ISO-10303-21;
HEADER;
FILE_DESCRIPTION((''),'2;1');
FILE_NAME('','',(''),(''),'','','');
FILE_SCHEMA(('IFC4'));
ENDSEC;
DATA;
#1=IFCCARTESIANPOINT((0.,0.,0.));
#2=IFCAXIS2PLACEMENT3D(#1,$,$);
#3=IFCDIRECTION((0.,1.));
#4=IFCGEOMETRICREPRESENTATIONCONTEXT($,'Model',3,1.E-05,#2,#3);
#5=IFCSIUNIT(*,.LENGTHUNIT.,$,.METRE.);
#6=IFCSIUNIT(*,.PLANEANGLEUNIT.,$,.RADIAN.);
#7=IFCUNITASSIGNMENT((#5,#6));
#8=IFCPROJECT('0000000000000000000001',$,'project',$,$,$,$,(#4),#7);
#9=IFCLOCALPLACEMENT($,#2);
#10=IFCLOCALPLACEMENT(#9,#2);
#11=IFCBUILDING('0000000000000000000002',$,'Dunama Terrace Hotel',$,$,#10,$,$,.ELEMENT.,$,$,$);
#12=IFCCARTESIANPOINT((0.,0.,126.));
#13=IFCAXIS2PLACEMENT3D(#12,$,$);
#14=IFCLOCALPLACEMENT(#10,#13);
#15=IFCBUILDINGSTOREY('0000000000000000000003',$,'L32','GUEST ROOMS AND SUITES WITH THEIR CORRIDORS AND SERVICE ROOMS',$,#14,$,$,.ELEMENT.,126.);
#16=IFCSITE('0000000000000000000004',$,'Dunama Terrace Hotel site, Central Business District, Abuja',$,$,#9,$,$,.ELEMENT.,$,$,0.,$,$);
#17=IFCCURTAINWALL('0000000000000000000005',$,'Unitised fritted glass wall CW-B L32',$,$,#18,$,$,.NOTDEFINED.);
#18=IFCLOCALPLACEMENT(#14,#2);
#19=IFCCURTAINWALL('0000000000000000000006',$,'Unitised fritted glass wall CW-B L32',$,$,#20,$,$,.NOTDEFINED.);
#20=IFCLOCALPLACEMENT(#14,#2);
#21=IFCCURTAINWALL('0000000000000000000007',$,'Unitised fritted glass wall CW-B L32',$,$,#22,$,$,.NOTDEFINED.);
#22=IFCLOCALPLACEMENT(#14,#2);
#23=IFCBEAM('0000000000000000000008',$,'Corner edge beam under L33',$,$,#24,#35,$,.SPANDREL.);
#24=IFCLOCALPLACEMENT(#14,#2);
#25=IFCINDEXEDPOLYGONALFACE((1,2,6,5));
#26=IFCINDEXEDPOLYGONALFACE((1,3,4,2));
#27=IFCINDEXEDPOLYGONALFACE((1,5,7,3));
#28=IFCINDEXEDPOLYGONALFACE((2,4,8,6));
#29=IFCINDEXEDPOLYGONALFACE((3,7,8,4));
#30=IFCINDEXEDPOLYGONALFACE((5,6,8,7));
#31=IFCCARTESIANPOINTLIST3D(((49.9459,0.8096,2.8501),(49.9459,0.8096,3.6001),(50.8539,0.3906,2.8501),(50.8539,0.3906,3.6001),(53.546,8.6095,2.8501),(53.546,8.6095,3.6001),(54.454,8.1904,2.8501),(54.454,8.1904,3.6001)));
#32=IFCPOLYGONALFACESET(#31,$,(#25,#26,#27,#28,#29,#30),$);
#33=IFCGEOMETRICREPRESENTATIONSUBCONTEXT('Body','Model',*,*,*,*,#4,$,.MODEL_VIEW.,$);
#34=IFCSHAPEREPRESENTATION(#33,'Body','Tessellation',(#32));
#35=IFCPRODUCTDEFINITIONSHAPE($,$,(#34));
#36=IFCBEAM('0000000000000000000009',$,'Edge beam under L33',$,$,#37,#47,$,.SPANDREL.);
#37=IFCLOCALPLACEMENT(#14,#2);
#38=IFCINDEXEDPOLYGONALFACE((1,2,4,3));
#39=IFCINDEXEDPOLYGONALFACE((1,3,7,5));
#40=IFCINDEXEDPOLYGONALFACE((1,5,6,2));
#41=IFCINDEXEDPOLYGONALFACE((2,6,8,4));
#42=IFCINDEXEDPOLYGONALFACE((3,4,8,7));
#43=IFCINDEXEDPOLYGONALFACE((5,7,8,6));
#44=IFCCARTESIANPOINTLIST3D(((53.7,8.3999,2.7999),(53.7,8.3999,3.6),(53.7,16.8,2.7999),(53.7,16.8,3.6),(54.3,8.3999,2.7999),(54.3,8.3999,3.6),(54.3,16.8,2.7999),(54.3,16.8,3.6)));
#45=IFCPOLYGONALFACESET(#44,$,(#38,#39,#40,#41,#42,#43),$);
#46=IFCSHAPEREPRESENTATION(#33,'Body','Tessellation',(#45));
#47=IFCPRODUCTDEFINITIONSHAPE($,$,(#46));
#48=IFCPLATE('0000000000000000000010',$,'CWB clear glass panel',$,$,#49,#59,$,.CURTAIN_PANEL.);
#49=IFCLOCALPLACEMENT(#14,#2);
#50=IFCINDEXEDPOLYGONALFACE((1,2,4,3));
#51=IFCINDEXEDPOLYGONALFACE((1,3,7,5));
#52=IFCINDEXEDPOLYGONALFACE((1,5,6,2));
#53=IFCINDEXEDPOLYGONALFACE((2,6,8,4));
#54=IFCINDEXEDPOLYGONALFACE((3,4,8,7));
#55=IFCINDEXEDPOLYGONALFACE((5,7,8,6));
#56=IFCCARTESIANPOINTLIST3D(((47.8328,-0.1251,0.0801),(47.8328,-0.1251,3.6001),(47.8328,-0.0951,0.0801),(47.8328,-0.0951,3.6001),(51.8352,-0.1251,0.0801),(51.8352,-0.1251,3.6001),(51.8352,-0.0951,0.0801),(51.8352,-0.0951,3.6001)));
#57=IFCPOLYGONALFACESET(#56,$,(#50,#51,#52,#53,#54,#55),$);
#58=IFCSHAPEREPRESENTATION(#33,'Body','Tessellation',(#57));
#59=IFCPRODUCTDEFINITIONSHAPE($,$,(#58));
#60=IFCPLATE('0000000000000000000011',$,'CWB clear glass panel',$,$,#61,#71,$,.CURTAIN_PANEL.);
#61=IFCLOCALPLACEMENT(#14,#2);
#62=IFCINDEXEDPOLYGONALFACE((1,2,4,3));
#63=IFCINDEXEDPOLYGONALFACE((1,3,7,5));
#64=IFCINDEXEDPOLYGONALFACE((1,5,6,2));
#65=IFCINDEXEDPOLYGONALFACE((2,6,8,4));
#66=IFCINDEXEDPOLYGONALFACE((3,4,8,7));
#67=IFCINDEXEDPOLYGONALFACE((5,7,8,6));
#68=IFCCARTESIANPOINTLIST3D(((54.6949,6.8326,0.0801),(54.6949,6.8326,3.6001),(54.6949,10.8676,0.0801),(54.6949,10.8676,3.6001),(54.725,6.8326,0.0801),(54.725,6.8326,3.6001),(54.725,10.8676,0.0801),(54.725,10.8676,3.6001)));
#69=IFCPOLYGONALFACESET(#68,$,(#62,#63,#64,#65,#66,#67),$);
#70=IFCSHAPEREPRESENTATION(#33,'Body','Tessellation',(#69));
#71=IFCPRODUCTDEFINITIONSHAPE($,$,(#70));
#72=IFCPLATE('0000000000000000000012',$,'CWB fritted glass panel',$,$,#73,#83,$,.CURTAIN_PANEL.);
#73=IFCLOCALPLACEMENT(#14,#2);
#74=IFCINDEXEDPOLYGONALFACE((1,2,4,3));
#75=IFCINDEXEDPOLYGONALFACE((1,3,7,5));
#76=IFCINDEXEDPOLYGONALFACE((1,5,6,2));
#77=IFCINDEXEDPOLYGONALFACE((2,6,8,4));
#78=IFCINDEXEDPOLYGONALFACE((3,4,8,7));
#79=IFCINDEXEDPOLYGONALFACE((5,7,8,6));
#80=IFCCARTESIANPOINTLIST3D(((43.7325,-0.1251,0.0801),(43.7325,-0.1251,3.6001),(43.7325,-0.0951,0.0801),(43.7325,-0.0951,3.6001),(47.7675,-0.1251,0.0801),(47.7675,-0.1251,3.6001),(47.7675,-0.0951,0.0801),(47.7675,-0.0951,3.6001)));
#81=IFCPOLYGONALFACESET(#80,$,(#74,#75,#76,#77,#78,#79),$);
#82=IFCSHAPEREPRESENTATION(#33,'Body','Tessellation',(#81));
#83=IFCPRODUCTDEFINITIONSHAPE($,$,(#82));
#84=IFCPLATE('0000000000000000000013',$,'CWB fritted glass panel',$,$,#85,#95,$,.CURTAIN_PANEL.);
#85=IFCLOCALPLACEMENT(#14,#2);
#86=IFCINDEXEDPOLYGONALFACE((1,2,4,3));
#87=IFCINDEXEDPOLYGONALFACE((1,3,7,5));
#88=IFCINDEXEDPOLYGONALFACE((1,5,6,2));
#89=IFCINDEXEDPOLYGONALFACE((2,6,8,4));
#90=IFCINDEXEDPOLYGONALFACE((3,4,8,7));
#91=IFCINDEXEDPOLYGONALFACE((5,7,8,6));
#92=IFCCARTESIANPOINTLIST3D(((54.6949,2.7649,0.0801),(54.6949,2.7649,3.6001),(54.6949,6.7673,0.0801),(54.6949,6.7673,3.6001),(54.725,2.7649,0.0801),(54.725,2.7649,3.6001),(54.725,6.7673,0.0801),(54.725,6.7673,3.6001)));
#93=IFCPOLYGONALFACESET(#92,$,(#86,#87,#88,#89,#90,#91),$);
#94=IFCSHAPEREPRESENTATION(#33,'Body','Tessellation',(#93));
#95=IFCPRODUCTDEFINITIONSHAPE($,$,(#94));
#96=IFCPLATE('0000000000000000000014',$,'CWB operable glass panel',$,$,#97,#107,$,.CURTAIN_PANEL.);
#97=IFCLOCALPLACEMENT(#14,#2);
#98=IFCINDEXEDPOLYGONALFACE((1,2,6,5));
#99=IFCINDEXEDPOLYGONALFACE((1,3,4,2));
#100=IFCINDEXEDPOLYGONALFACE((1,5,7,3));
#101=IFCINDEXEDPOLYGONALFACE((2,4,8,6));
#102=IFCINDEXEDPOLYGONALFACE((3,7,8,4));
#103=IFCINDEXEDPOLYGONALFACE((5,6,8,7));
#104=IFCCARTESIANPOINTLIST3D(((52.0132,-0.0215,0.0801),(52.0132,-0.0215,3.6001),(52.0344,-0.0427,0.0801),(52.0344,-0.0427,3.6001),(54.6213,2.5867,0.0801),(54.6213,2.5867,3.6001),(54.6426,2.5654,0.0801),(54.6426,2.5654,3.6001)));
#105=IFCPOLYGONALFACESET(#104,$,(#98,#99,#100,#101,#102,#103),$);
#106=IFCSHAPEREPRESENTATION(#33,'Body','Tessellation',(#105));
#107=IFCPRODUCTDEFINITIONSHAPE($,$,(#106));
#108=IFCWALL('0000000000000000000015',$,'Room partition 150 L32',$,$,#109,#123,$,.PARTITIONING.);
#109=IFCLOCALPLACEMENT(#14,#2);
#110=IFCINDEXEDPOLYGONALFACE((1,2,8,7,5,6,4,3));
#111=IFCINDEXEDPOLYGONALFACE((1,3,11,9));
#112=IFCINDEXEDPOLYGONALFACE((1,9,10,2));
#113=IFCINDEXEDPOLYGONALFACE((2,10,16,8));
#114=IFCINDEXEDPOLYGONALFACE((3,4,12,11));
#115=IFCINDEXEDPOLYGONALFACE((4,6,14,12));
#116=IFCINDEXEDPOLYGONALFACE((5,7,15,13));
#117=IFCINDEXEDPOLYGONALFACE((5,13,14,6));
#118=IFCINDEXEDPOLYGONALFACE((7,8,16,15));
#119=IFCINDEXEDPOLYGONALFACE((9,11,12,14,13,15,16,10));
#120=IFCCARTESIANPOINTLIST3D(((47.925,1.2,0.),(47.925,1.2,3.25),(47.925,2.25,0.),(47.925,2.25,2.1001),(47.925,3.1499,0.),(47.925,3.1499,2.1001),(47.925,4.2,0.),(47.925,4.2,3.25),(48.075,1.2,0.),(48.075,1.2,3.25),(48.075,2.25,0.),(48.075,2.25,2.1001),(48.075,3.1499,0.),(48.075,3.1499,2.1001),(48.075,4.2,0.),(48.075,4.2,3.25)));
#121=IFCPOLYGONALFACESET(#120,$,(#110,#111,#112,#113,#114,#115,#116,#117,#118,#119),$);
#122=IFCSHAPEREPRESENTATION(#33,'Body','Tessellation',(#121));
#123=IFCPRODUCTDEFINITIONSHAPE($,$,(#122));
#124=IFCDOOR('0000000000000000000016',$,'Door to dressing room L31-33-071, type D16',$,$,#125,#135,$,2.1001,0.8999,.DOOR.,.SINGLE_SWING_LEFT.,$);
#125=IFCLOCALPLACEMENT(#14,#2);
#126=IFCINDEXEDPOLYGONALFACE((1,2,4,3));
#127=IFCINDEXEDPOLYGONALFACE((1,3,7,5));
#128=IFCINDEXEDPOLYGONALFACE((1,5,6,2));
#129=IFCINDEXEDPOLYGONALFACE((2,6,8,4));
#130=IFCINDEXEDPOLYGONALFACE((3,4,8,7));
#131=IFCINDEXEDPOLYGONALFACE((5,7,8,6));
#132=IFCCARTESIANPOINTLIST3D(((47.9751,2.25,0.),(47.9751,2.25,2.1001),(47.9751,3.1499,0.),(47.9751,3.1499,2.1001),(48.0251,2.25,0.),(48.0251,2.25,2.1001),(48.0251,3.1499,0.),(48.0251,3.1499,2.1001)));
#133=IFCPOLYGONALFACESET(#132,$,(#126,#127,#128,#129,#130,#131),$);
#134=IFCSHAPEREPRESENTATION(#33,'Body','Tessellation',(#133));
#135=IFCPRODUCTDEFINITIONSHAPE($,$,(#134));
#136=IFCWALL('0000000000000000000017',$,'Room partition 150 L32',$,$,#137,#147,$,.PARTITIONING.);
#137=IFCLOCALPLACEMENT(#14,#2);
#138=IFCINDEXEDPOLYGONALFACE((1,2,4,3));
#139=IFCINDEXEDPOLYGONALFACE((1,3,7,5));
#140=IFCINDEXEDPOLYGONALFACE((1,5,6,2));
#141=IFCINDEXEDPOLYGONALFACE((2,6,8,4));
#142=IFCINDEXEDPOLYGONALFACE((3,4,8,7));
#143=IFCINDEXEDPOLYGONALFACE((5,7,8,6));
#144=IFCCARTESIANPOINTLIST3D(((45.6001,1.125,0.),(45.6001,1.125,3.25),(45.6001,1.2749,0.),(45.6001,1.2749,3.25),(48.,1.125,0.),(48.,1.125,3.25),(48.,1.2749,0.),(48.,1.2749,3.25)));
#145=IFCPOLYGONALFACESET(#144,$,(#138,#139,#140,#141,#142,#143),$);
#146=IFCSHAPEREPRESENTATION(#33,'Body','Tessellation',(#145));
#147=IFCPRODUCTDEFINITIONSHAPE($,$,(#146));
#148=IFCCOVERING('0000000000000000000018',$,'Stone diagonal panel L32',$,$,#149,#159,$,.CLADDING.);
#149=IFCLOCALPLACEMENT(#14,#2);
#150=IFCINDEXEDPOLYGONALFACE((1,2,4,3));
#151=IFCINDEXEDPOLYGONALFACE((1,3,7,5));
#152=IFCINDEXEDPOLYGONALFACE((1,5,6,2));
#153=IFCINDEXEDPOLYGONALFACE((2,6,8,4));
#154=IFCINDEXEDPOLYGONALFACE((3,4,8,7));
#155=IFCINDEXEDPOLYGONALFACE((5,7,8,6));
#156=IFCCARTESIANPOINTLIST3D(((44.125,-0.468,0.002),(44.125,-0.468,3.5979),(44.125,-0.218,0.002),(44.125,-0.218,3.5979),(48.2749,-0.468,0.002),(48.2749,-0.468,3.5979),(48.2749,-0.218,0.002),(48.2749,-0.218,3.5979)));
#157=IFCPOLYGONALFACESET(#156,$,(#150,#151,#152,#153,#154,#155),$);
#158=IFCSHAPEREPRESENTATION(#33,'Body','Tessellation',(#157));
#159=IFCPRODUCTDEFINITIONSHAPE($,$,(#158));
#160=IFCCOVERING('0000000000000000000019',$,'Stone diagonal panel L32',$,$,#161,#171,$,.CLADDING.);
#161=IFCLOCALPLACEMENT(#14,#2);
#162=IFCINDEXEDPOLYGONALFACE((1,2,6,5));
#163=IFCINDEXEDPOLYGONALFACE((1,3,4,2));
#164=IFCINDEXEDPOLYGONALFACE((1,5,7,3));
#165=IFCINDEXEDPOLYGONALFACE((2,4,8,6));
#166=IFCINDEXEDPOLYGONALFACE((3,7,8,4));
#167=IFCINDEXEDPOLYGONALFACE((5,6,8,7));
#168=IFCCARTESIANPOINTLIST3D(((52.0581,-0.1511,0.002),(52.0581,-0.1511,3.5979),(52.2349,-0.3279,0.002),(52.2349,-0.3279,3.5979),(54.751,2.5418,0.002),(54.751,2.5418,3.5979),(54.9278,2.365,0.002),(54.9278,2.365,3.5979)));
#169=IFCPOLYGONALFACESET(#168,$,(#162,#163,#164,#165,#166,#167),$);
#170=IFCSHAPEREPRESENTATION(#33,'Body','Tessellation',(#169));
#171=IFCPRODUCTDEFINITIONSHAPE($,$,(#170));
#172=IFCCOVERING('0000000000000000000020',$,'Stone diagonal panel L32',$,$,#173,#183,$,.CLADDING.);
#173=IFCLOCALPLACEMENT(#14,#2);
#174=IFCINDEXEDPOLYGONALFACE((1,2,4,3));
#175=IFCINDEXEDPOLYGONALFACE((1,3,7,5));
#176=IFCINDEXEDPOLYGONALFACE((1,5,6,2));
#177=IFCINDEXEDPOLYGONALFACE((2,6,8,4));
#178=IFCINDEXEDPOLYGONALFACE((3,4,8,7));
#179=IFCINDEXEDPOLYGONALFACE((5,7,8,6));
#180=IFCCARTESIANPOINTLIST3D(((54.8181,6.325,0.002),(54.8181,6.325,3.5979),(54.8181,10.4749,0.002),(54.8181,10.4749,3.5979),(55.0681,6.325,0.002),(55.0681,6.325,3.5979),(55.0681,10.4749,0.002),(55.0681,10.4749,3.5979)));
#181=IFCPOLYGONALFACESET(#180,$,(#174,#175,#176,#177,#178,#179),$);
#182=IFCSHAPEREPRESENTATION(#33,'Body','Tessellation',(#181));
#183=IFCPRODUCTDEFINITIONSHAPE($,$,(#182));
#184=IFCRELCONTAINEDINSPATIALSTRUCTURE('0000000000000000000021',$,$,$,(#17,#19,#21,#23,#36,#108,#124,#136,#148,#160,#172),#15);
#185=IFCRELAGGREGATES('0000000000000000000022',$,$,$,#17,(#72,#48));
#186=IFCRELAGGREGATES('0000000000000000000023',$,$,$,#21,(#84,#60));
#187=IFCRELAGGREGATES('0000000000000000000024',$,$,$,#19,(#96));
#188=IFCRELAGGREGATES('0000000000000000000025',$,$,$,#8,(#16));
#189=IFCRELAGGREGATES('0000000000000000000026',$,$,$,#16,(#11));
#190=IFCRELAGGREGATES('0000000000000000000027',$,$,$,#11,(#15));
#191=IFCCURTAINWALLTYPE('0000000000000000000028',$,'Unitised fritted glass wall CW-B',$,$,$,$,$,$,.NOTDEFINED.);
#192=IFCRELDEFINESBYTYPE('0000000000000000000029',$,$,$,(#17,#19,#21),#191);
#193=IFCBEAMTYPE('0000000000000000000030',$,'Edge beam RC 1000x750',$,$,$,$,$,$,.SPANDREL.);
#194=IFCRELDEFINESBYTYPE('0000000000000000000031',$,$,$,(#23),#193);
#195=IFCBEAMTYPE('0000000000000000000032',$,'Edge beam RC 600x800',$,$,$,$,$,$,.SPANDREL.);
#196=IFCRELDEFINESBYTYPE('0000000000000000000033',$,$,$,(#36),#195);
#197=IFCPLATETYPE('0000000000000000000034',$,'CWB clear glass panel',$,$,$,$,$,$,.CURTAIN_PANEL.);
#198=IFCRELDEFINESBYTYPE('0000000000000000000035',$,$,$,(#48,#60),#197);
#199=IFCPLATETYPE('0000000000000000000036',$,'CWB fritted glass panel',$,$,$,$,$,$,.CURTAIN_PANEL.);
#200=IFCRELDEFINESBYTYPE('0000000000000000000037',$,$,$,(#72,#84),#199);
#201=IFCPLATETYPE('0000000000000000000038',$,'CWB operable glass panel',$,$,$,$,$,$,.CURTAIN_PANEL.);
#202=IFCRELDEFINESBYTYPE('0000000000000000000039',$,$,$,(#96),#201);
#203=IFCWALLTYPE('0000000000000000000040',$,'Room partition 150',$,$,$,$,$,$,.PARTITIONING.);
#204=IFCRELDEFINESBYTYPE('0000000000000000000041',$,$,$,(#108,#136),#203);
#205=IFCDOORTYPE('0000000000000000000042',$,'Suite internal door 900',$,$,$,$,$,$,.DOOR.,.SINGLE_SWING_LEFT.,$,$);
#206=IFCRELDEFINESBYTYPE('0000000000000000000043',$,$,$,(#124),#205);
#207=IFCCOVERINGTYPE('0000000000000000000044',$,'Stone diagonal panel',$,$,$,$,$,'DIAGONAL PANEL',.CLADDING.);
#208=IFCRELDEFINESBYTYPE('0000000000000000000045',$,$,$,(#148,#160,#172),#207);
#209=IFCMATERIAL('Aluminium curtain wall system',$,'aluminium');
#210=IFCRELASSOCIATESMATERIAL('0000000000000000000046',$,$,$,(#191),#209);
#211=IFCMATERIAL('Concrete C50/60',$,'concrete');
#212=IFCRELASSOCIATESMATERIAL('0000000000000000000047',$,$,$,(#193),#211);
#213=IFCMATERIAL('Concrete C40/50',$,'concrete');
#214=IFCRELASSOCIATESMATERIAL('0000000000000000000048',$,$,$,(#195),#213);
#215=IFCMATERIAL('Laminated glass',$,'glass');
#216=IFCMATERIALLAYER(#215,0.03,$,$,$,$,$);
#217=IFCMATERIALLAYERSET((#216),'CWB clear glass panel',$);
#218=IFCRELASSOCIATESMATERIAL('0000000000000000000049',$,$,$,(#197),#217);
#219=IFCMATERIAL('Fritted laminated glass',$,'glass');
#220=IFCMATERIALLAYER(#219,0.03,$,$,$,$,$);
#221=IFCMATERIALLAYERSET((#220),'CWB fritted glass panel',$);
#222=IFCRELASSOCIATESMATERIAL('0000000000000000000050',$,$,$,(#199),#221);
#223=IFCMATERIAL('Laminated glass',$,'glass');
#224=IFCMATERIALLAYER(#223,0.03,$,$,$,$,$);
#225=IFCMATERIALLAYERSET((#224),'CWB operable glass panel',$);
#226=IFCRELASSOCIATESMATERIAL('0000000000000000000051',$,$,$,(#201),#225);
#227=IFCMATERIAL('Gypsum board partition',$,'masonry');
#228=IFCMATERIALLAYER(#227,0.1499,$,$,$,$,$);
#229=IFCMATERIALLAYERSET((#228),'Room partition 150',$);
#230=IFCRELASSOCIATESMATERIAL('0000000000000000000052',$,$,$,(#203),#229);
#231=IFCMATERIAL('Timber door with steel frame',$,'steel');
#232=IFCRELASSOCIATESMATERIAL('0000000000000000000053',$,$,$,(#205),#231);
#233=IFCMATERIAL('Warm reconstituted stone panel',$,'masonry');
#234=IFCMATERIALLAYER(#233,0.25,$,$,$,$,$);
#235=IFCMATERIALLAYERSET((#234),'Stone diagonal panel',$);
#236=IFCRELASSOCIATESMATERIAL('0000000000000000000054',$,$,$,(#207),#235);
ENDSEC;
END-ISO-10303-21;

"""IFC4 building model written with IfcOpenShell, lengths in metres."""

from ifc_helpers import new_model, si_unit, direction, frame, frame_2d, origin, origin_2d, place, context, subcontext, project, spatial, rectangle, extrude, material, layer, layer_set, material_profile, profile_set, type_object, element, fill, aggregate, save


model = new_model("IFC4")

# Units and contexts
model_context = context("Model", 3, precision=1e-05, world=origin(), true_north=direction((0.0, 1.0)))
body_context = subcontext(model_context, "Body", "Model", "MODEL_VIEW")
ifc_project = project(units=[si_unit("LENGTHUNIT", "METRE"), si_unit("PLANEANGLEUNIT", "RADIAN")], contexts=[model_context])

# Site, building, storey
site_placement = place(None, origin())
site = spatial("IfcSite", under=ifc_project, at=site_placement, Name="Dunama Terrace Hotel site, Central Business District, Abuja", CompositionType="ELEMENT", RefElevation=0.0)
building_placement = place(site_placement, origin())
building = spatial("IfcBuilding", under=site, at=building_placement, Name="Dunama Terrace Hotel", CompositionType="ELEMENT")
storey_placement = place(building_placement, frame((0.0, 0.0, 126.0)))
storey = spatial("IfcBuildingStorey", under=building, at=storey_placement, Name="L32", Description="GUEST ROOMS AND SUITES WITH THEIR CORRIDORS AND SERVICE ROOMS", CompositionType="ELEMENT", Elevation=126.0)

# Curtain walls
ifc_material_1 = material(Name="Aluminium curtain wall system", Category="aluminium")
curtain_wall_type = type_object("IfcCurtainWallType", Name="Unitised fritted glass wall CW-B", PredefinedType="NOTDEFINED", material=ifc_material_1)
curtain_wall_1_placement = place(storey_placement, origin())
curtain_wall_1 = element("IfcCurtainWall", 1, at=curtain_wall_1_placement, inside=storey, type_object=curtain_wall_type, Name="Unitised fritted glass wall CW-B L32", PredefinedType="NOTDEFINED")
curtain_wall_2_placement = place(storey_placement, origin())
curtain_wall_2 = element("IfcCurtainWall", 2, at=curtain_wall_2_placement, inside=storey, type_object=curtain_wall_type, Name="Unitised fritted glass wall CW-B L32", PredefinedType="NOTDEFINED")
curtain_wall_3_placement = place(storey_placement, origin())
curtain_wall_3 = element("IfcCurtainWall", 3, at=curtain_wall_3_placement, inside=storey, type_object=curtain_wall_type, Name="Unitised fritted glass wall CW-B L32", PredefinedType="NOTDEFINED")

# Beams
ifc_material_2 = material(Name="Concrete C50/60", Category="concrete")
ifc_material_profile_1 = material_profile(ifc_material_2, rectangle(XDim=1.0, YDim=0.75, at=origin_2d()), Name="RC 1000x750")
ifc_profile_set_1 = profile_set([ifc_material_profile_1], Name="Concrete C50/60")
beam_type_1 = type_object("IfcBeamType", Name="Edge beam RC 1000x750", PredefinedType="SPANDREL", material=ifc_profile_set_1)
beam_1_placement = place(storey_placement, frame((50.3999, 0.6001, 3.2251), z_axis=(0.419076, 0.907951, 0.0), x_axis=(-0.907951, 0.419076, 0.0)))
element("IfcBeam", 4, at=beam_1_placement, inside=storey, type_object=beam_type_1, Name="Corner edge beam under L33", PredefinedType="SPANDREL", context=body_context, shape_type="SweptSolid", body=[
    extrude(rectangle(XDim=1.0, YDim=0.75, at=origin_2d()), origin(), (0.0, 0.0, 1.0), 8.5906),
])
ifc_material_3 = material(Name="Concrete C40/50", Category="concrete")
ifc_material_profile_2 = material_profile(ifc_material_3, rectangle(XDim=0.6001, YDim=0.8, at=origin_2d()), Name="RC 600x800")
ifc_profile_set_2 = profile_set([ifc_material_profile_2], Name="Concrete C40/50")
beam_type_2 = type_object("IfcBeamType", Name="Edge beam RC 600x800", PredefinedType="SPANDREL", material=ifc_profile_set_2)
beam_2_placement = place(storey_placement, frame((54.0, 8.3999, 3.2), z_axis=(0.0, 1.0, 0.0), x_axis=(-1.0, 0.0, 0.0)))
element("IfcBeam", 5, at=beam_2_placement, inside=storey, type_object=beam_type_2, Name="Edge beam under L33", PredefinedType="SPANDREL", context=body_context, shape_type="SweptSolid", body=[
    extrude(rectangle(XDim=0.6001, YDim=0.8, at=origin_2d()), origin(), (0.0, 0.0, 1.0), 8.4001),
])

# Plates
ifc_material_4 = material(Name="Laminated glass", Category="glass")
ifc_layer_1 = layer(ifc_material_4, 0.03)
ifc_layer_set_1 = layer_set([ifc_layer_1], Name="CWB clear glass panel")
plate_type_1 = type_object("IfcPlateType", Name="CWB clear glass panel", PredefinedType="CURTAIN_PANEL", material=ifc_layer_set_1)
plate_1_placement = place(storey_placement, frame((49.834, -0.1101, 0.0801), z_axis=(0.0, 0.0, 1.0), x_axis=(1.0, 0.0, 0.0)))
plate_1 = element("IfcPlate", 6, at=plate_1_placement, type_object=plate_type_1, Name="CWB clear glass panel", PredefinedType="CURTAIN_PANEL", context=body_context, shape_type="SweptSolid", body=[
    extrude(rectangle(XDim=4.0024, YDim=0.03, at=origin_2d()), origin(), (0.0, 0.0, 1.0), 3.52),
])
plate_2_placement = place(storey_placement, frame((54.71, 8.8501, 0.0801), z_axis=(0.0, 0.0, 1.0), x_axis=(0.0, 1.0, 0.0)))
plate_2 = element("IfcPlate", 7, at=plate_2_placement, type_object=plate_type_1, Name="CWB clear glass panel", PredefinedType="CURTAIN_PANEL", context=body_context, shape_type="SweptSolid", body=[
    extrude(rectangle(XDim=4.0349, YDim=0.03, at=origin_2d()), origin(), (0.0, 0.0, 1.0), 3.52),
])
ifc_material_5 = material(Name="Fritted laminated glass", Category="glass")
ifc_layer_2 = layer(ifc_material_5, 0.03)
ifc_layer_set_2 = layer_set([ifc_layer_2], Name="CWB fritted glass panel")
plate_type_2 = type_object("IfcPlateType", Name="CWB fritted glass panel", PredefinedType="CURTAIN_PANEL", material=ifc_layer_set_2)
plate_3_placement = place(storey_placement, frame((45.75, -0.1101, 0.0801), z_axis=(0.0, 0.0, 1.0), x_axis=(1.0, 0.0, 0.0)))
plate_3 = element("IfcPlate", 8, at=plate_3_placement, type_object=plate_type_2, Name="CWB fritted glass panel", PredefinedType="CURTAIN_PANEL", context=body_context, shape_type="SweptSolid", body=[
    extrude(rectangle(XDim=4.0349, YDim=0.03, at=origin_2d()), origin(), (0.0, 0.0, 1.0), 3.52),
])
aggregate(curtain_wall_1, [plate_3, plate_1])
plate_4_placement = place(storey_placement, frame((54.71, 4.7661, 0.0801), z_axis=(0.0, 0.0, 1.0), x_axis=(0.0, 1.0, 0.0)))
plate_4 = element("IfcPlate", 9, at=plate_4_placement, type_object=plate_type_2, Name="CWB fritted glass panel", PredefinedType="CURTAIN_PANEL", context=body_context, shape_type="SweptSolid", body=[
    extrude(rectangle(XDim=4.0024, YDim=0.03, at=origin_2d()), origin(), (0.0, 0.0, 1.0), 3.52),
])
aggregate(curtain_wall_3, [plate_4, plate_2])
ifc_material_6 = material(Name="Laminated glass", Category="glass")
ifc_layer_3 = layer(ifc_material_6, 0.03)
ifc_layer_set_3 = layer_set([ifc_layer_3], Name="CWB operable glass panel")
plate_type_3 = type_object("IfcPlateType", Name="CWB operable glass panel", PredefinedType="CURTAIN_PANEL", material=ifc_layer_set_3)
plate_5_placement = place(storey_placement, frame((53.3279, 1.272, 0.0801), z_axis=(0.0, 0.0, 1.0), x_axis=(0.707107, 0.707107, 0.0)))
plate_5 = element("IfcPlate", 10, at=plate_5_placement, type_object=plate_type_3, Name="CWB operable glass panel", PredefinedType="CURTAIN_PANEL", context=body_context, shape_type="SweptSolid", body=[
    extrude(rectangle(XDim=3.6885, YDim=0.03, at=origin_2d()), origin(), (0.0, 0.0, 1.0), 3.52),
])
aggregate(curtain_wall_2, [plate_5])

# Wall, opening, door
ifc_material_7 = material(Name="Gypsum board partition", Category="masonry")
ifc_layer_4 = layer(ifc_material_7, 0.1499)
ifc_layer_set_4 = layer_set([ifc_layer_4], Name="Room partition 150")
wall_type = type_object("IfcWallType", Name="Room partition 150", PredefinedType="PARTITIONING", material=ifc_layer_set_4)
wall_1_placement = place(storey_placement, frame((48.0, 1.2, 0.0), z_axis=(0.0, 0.0, 1.0), x_axis=(0.0, 1.0, 0.0)))
wall_1 = element("IfcWall", 11, at=wall_1_placement, inside=storey, type_object=wall_type, Name="Room partition 150 L32", PredefinedType="PARTITIONING", context=body_context, shape_type="SweptSolid", body=[
    extrude(rectangle(XDim=3.0, YDim=0.1499, at=frame_2d((1.5, 0.0))), origin(), (0.0, 0.0, 1.0), 3.25),
])
opening_placement = place(wall_1_placement, frame((1.05, 0.0, 0.0)))
opening = element("IfcOpeningElement", 12, at=opening_placement, cuts=wall_1, PredefinedType="OPENING", context=body_context, shape_type="SweptSolid", body=[
    extrude(rectangle(XDim=0.8999, YDim=2.1001, at=frame_2d((0.45, 1.05))), frame((0.0, 0.085, 0.0), z_axis=(0.0, -1.0, 0.0), x_axis=(1.0, 0.0, 0.0)), (0.0, 0.0, 1.0), 0.1699),
])
ifc_material_8 = material(Name="Timber door with steel frame", Category="steel")
door_type = type_object("IfcDoorType", Name="Suite internal door 900", OperationType="SINGLE_SWING_LEFT", PredefinedType="DOOR", material=ifc_material_8)
door_placement = place(opening_placement, origin())
door = element("IfcDoor", 13, at=door_placement, inside=storey, type_object=door_type, Name="Door to dressing room L31-33-071, type D16", OperationType="SINGLE_SWING_LEFT", OverallHeight=2.1001, OverallWidth=0.8999, PredefinedType="DOOR", context=body_context, shape_type="SweptSolid", body=[
    extrude(rectangle(XDim=0.8999, YDim=2.1001, at=frame_2d((0.45, 1.05))), frame((0.0, 0.0249, 0.0), z_axis=(0.0, -1.0, 0.0), x_axis=(1.0, 0.0, 0.0)), (0.0, 0.0, 1.0), 0.05),
])
fill(opening, door)

# Wall
wall_2_placement = place(storey_placement, frame((45.6001, 1.2, 0.0), z_axis=(0.0, 0.0, 1.0), x_axis=(1.0, 0.0, 0.0)))
element("IfcWall", 14, at=wall_2_placement, inside=storey, type_object=wall_type, Name="Room partition 150 L32", PredefinedType="PARTITIONING", context=body_context, shape_type="SweptSolid", body=[
    extrude(rectangle(XDim=2.3999, YDim=0.1499, at=frame_2d((1.2, 0.0))), origin(), (0.0, 0.0, 1.0), 3.25),
])

# Coverings
ifc_material_9 = material(Name="Warm reconstituted stone panel", Category="masonry")
ifc_layer_5 = layer(ifc_material_9, 0.25)
ifc_layer_set_5 = layer_set([ifc_layer_5], Name="Stone diagonal panel")
covering_type = type_object("IfcCoveringType", Name="Stone diagonal panel", ElementType="DIAGONAL PANEL", PredefinedType="CLADDING", material=ifc_layer_set_5)
covering_1_placement = place(storey_placement, frame((46.2, -0.343, 0.002), z_axis=(0.0, 0.0, 1.0), x_axis=(1.0, 0.0, 0.0)))
element("IfcCovering", 15, at=covering_1_placement, inside=storey, type_object=covering_type, Name="Stone diagonal panel L32", PredefinedType="CLADDING", context=body_context, shape_type="SweptSolid", body=[
    extrude(rectangle(XDim=4.1499, YDim=0.25, at=origin_2d()), origin(), (0.0, 0.0, 1.0), 3.5959),
])
covering_2_placement = place(storey_placement, frame((53.4929, 1.1069, 0.002), z_axis=(0.0, 0.0, 1.0), x_axis=(0.707107, 0.707107, 0.0)))
element("IfcCovering", 16, at=covering_2_placement, inside=storey, type_object=covering_type, Name="Stone diagonal panel L32", PredefinedType="CLADDING", context=body_context, shape_type="SweptSolid", body=[
    extrude(rectangle(XDim=3.8083, YDim=0.25, at=origin_2d()), origin(), (0.0, 0.0, 1.0), 3.5959),
])
covering_3_placement = place(storey_placement, frame((54.9431, 8.3999, 0.002), z_axis=(0.0, 0.0, 1.0), x_axis=(0.0, 1.0, 0.0)))
element("IfcCovering", 17, at=covering_3_placement, inside=storey, type_object=covering_type, Name="Stone diagonal panel L32", PredefinedType="CLADDING", context=body_context, shape_type="SweptSolid", body=[
    extrude(rectangle(XDim=4.1499, YDim=0.25, at=origin_2d()), origin(), (0.0, 0.0, 1.0), 3.5959),
])

save(model, "model.ifc")
